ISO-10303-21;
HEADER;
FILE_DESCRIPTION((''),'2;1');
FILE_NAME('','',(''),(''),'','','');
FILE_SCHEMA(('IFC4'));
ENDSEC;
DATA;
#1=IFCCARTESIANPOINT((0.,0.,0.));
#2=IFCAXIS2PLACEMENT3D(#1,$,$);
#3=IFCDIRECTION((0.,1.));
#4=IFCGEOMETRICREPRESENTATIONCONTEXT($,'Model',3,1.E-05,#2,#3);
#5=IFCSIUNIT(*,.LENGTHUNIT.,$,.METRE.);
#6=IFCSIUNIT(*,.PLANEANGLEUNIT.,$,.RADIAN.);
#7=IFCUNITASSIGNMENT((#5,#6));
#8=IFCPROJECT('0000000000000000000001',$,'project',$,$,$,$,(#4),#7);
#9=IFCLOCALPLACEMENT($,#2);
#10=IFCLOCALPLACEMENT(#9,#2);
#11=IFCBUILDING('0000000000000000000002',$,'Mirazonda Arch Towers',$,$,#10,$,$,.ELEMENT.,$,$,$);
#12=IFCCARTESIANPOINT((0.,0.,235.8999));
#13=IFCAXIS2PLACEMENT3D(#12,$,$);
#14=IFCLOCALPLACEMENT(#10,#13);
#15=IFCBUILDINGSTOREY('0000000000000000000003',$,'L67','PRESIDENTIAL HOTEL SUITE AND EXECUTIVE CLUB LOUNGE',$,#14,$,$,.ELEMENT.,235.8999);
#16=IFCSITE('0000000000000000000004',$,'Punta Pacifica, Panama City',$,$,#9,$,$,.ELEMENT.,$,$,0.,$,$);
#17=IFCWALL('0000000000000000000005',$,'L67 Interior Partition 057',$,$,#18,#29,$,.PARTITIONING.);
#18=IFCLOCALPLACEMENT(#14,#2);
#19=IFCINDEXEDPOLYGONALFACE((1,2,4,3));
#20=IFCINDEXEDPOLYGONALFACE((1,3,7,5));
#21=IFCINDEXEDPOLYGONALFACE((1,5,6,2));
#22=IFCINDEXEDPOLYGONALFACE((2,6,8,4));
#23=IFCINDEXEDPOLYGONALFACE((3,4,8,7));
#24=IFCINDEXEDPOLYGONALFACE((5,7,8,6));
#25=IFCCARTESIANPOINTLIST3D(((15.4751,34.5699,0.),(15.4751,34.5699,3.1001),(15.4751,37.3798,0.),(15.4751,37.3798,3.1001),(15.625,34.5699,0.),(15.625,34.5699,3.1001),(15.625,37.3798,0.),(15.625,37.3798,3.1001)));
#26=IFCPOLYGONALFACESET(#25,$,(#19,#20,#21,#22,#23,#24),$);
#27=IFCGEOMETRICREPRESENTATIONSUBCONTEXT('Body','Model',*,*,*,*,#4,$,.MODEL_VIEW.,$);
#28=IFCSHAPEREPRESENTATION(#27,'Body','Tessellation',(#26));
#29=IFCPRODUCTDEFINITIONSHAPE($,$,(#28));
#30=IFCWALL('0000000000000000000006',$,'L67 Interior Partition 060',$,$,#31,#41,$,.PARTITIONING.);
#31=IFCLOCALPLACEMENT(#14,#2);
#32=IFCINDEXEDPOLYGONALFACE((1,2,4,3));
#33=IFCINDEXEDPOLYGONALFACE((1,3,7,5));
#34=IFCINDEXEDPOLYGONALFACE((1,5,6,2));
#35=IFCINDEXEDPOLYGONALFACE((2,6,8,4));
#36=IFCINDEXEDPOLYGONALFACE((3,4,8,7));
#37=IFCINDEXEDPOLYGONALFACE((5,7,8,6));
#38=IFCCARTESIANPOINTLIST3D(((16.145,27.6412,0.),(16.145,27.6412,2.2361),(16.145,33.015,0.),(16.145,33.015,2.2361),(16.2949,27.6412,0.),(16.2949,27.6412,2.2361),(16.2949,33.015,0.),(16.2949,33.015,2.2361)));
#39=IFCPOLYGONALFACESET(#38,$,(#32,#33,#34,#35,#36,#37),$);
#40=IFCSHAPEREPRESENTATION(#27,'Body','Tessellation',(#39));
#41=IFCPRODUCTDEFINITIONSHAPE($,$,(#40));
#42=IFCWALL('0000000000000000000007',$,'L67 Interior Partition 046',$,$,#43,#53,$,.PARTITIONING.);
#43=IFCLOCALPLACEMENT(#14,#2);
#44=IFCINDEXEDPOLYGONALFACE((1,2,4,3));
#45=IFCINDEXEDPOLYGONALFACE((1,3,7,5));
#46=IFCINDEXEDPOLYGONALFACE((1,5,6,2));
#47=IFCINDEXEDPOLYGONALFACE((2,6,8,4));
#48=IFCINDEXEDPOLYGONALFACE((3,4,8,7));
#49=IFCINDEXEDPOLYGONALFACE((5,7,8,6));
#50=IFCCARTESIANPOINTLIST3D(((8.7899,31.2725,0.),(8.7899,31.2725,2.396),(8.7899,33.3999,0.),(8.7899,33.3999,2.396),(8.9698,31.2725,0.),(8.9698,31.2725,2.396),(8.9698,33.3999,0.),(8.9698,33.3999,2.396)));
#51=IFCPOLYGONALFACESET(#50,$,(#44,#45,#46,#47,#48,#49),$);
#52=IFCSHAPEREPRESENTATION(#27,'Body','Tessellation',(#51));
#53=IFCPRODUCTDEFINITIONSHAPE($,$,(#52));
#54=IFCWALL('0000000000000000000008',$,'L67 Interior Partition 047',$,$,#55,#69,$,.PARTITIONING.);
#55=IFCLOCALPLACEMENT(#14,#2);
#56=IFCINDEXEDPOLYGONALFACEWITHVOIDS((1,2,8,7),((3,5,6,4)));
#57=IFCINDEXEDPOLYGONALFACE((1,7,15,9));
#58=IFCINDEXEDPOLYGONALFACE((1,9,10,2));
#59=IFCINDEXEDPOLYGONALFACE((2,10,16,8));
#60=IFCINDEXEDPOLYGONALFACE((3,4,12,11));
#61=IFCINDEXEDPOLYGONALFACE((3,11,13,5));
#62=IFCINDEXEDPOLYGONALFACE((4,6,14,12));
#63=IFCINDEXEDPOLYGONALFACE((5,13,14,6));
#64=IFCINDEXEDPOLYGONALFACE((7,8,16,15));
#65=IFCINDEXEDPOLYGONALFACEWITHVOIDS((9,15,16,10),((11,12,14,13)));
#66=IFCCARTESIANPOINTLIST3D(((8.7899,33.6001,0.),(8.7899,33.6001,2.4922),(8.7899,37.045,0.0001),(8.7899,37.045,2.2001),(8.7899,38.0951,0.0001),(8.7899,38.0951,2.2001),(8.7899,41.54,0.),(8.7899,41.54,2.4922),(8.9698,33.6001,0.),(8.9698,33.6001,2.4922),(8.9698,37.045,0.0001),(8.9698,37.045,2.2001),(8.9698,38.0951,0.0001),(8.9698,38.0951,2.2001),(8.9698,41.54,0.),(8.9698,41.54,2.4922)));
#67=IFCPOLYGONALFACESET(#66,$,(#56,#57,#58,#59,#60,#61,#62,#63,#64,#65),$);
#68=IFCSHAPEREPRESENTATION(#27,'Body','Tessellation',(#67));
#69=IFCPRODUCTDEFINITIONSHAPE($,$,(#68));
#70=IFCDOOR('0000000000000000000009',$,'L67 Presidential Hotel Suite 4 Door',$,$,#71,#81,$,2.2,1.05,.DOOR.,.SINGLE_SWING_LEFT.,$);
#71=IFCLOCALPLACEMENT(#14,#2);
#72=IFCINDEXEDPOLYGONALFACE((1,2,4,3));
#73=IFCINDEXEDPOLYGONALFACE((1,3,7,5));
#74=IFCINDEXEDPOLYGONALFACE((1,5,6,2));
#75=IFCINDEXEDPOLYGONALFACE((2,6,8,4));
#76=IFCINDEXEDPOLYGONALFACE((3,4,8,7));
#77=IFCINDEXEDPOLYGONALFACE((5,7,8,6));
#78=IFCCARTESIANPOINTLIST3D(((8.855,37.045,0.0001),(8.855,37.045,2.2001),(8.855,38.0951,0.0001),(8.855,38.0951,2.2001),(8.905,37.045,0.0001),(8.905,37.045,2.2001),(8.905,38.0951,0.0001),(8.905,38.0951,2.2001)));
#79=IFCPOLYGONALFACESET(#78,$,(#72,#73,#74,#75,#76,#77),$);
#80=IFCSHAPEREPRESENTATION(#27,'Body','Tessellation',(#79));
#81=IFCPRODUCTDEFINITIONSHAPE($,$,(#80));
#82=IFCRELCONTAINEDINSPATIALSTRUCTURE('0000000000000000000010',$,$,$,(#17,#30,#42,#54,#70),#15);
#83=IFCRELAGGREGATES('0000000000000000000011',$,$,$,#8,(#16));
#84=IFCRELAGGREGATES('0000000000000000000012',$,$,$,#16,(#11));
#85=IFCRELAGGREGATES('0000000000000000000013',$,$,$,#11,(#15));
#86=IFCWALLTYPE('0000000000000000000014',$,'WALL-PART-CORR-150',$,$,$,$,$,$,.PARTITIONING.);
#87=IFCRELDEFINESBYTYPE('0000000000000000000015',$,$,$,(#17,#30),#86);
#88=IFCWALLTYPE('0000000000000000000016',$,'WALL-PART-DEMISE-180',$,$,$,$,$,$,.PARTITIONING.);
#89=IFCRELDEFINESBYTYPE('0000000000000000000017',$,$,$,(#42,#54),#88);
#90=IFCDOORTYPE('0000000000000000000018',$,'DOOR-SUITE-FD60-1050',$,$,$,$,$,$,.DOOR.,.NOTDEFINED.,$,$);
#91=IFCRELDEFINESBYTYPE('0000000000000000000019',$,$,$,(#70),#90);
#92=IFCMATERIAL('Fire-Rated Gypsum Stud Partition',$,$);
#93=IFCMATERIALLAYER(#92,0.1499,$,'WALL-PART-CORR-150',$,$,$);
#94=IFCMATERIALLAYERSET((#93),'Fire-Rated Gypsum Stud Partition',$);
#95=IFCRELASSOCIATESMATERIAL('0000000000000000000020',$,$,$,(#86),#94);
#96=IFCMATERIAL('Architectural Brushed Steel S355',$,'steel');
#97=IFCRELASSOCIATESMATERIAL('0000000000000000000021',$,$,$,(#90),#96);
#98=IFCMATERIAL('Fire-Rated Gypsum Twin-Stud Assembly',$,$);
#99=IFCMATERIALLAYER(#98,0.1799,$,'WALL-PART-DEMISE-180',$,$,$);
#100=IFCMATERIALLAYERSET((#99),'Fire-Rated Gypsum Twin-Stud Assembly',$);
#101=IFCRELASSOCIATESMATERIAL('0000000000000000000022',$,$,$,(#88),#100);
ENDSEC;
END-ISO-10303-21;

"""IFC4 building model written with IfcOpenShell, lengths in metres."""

from ifc_helpers import new_model, si_unit, direction, frame, frame_2d, origin, place, context, subcontext, project, spatial, rectangle, extrude, material, layer, layer_set, type_object, element, fill, save


model = new_model("IFC4")

# Units and contexts
model_context = context("Model", 3, precision=1e-05, world=origin(), true_north=direction((0.0, 1.0)))
body_context = subcontext(model_context, "Body", "Model", "MODEL_VIEW")
ifc_project = project(units=[si_unit("LENGTHUNIT", "METRE"), si_unit("PLANEANGLEUNIT", "RADIAN")], contexts=[model_context])

# Site, building, storey
site_placement = place(None, origin())
site = spatial("IfcSite", under=ifc_project, at=site_placement, Name="Punta Pacifica, Panama City", CompositionType="ELEMENT", RefElevation=0.0)
building_placement = place(site_placement, origin())
building = spatial("IfcBuilding", under=site, at=building_placement, Name="Mirazonda Arch Towers", CompositionType="ELEMENT")
storey_placement = place(building_placement, frame((0.0, 0.0, 235.8999)))
storey = spatial("IfcBuildingStorey", under=building, at=storey_placement, Name="L67", Description="PRESIDENTIAL HOTEL SUITE AND EXECUTIVE CLUB LOUNGE", CompositionType="ELEMENT", Elevation=235.8999)

# Shared definitions
ifc_material_1 = material(Name="Architectural Brushed Steel S355", Category="steel")

# Shared definitions
ifc_material_2 = material(Name="Fire-Rated Gypsum Stud Partition")
ifc_layer_1 = layer(ifc_material_2, 0.1499, Name="WALL-PART-CORR-150")
ifc_layer_set_1 = layer_set([ifc_layer_1], Name="Fire-Rated Gypsum Stud Partition")
wall_type_1 = type_object("IfcWallType", Name="WALL-PART-CORR-150", PredefinedType="PARTITIONING", material=ifc_layer_set_1)

# Shared definitions
door_type_1 = type_object("IfcDoorType", Name="DOOR-SUITE-FD60-1050", OperationType="NOTDEFINED", PredefinedType="DOOR", material=ifc_material_1)

# Walls
wall_1_placement = place(storey_placement, frame((15.55, 34.5701, 0.0), z_axis=(0.0, 0.0, 1.0), x_axis=(0.0, 1.0, 0.0)))
element("IfcWall", 1, at=wall_1_placement, inside=storey, type_object=wall_type_1, Name="L67 Interior Partition 057", PredefinedType="PARTITIONING", context=body_context, shape_type="SweptSolid", body=[
    extrude(rectangle(XDim=2.8098, YDim=0.1499, at=frame_2d((1.4048, 0.0))), origin(), (0.0, 0.0, 1.0), 3.1001),
])
wall_2_placement = place(storey_placement, frame((16.22, 27.6411, 0.0), z_axis=(0.0, 0.0, 1.0), x_axis=(0.0, 1.0, 0.0)))
element("IfcWall", 2, at=wall_2_placement, inside=storey, type_object=wall_type_1, Name="L67 Interior Partition 060", PredefinedType="PARTITIONING", context=body_context, shape_type="SweptSolid", body=[
    extrude(rectangle(XDim=5.3738, YDim=0.1499, at=frame_2d((2.687, 0.0))), origin(), (0.0, 0.0, 1.0), 2.2361),
])
ifc_material_3 = material(Name="Fire-Rated Gypsum Twin-Stud Assembly")
ifc_layer_2 = layer(ifc_material_3, 0.1799, Name="WALL-PART-DEMISE-180")
ifc_layer_set_2 = layer_set([ifc_layer_2], Name="Fire-Rated Gypsum Twin-Stud Assembly")
wall_type_2 = type_object("IfcWallType", Name="WALL-PART-DEMISE-180", PredefinedType="PARTITIONING", material=ifc_layer_set_2)
wall_3_placement = place(storey_placement, frame((8.8799, 31.2725, 0.0), z_axis=(0.0, 0.0, 1.0), x_axis=(0.0, 1.0, 0.0)))
element("IfcWall", 3, at=wall_3_placement, inside=storey, type_object=wall_type_2, Name="L67 Interior Partition 046", PredefinedType="PARTITIONING", context=body_context, shape_type="SweptSolid", body=[
    extrude(rectangle(XDim=2.1274, YDim=0.1799, at=frame_2d((1.0637, 0.0))), origin(), (0.0, 0.0, 1.0), 2.396),
])

# Wall, opening, door
wall_4_placement = place(storey_placement, frame((8.8799, 33.6001, 0.0), z_axis=(0.0, 0.0, 1.0), x_axis=(0.0, 1.0, 0.0)))
wall_4 = element("IfcWall", 4, at=wall_4_placement, inside=storey, type_object=wall_type_2, Name="L67 Interior Partition 047", PredefinedType="PARTITIONING", context=body_context, shape_type="SweptSolid", body=[
    extrude(rectangle(XDim=7.9399, YDim=0.1799, at=frame_2d((3.97, 0.0))), origin(), (0.0, 0.0, 1.0), 2.4922),
])
opening_1_placement = place(wall_4_placement, frame((3.4451, 0.0, 0.0)))
opening_1 = element("IfcOpeningElement", 5, at=opening_1_placement, cuts=wall_4, PredefinedType="OPENING", context=body_context, shape_type="SweptSolid", body=[
    extrude(rectangle(XDim=1.05, YDim=2.2, at=frame_2d((0.5249, 1.1001))), frame((0.0, 0.0999, 0.0), z_axis=(0.0, -1.0, 0.0), x_axis=(1.0, 0.0, 0.0)), (0.0, 0.0, 1.0), 0.2),
])
door_1_placement = place(opening_1_placement, origin())
door_1 = element("IfcDoor", 6, at=door_1_placement, inside=storey, type_object=door_type_1, Name="L67 Presidential Hotel Suite 4 Door", OperationType="SINGLE_SWING_LEFT", OverallHeight=2.2, OverallWidth=1.05, PredefinedType="DOOR", context=body_context, shape_type="SweptSolid", body=[
    extrude(rectangle(XDim=1.05, YDim=2.2, at=frame_2d((0.5249, 1.1001))), frame((0.0, 0.0249, 0.0), z_axis=(0.0, -1.0, 0.0), x_axis=(1.0, 0.0, 0.0)), (0.0, 0.0, 1.0), 0.05),
])
fill(opening_1, door_1)

save(model, "model.ifc")
